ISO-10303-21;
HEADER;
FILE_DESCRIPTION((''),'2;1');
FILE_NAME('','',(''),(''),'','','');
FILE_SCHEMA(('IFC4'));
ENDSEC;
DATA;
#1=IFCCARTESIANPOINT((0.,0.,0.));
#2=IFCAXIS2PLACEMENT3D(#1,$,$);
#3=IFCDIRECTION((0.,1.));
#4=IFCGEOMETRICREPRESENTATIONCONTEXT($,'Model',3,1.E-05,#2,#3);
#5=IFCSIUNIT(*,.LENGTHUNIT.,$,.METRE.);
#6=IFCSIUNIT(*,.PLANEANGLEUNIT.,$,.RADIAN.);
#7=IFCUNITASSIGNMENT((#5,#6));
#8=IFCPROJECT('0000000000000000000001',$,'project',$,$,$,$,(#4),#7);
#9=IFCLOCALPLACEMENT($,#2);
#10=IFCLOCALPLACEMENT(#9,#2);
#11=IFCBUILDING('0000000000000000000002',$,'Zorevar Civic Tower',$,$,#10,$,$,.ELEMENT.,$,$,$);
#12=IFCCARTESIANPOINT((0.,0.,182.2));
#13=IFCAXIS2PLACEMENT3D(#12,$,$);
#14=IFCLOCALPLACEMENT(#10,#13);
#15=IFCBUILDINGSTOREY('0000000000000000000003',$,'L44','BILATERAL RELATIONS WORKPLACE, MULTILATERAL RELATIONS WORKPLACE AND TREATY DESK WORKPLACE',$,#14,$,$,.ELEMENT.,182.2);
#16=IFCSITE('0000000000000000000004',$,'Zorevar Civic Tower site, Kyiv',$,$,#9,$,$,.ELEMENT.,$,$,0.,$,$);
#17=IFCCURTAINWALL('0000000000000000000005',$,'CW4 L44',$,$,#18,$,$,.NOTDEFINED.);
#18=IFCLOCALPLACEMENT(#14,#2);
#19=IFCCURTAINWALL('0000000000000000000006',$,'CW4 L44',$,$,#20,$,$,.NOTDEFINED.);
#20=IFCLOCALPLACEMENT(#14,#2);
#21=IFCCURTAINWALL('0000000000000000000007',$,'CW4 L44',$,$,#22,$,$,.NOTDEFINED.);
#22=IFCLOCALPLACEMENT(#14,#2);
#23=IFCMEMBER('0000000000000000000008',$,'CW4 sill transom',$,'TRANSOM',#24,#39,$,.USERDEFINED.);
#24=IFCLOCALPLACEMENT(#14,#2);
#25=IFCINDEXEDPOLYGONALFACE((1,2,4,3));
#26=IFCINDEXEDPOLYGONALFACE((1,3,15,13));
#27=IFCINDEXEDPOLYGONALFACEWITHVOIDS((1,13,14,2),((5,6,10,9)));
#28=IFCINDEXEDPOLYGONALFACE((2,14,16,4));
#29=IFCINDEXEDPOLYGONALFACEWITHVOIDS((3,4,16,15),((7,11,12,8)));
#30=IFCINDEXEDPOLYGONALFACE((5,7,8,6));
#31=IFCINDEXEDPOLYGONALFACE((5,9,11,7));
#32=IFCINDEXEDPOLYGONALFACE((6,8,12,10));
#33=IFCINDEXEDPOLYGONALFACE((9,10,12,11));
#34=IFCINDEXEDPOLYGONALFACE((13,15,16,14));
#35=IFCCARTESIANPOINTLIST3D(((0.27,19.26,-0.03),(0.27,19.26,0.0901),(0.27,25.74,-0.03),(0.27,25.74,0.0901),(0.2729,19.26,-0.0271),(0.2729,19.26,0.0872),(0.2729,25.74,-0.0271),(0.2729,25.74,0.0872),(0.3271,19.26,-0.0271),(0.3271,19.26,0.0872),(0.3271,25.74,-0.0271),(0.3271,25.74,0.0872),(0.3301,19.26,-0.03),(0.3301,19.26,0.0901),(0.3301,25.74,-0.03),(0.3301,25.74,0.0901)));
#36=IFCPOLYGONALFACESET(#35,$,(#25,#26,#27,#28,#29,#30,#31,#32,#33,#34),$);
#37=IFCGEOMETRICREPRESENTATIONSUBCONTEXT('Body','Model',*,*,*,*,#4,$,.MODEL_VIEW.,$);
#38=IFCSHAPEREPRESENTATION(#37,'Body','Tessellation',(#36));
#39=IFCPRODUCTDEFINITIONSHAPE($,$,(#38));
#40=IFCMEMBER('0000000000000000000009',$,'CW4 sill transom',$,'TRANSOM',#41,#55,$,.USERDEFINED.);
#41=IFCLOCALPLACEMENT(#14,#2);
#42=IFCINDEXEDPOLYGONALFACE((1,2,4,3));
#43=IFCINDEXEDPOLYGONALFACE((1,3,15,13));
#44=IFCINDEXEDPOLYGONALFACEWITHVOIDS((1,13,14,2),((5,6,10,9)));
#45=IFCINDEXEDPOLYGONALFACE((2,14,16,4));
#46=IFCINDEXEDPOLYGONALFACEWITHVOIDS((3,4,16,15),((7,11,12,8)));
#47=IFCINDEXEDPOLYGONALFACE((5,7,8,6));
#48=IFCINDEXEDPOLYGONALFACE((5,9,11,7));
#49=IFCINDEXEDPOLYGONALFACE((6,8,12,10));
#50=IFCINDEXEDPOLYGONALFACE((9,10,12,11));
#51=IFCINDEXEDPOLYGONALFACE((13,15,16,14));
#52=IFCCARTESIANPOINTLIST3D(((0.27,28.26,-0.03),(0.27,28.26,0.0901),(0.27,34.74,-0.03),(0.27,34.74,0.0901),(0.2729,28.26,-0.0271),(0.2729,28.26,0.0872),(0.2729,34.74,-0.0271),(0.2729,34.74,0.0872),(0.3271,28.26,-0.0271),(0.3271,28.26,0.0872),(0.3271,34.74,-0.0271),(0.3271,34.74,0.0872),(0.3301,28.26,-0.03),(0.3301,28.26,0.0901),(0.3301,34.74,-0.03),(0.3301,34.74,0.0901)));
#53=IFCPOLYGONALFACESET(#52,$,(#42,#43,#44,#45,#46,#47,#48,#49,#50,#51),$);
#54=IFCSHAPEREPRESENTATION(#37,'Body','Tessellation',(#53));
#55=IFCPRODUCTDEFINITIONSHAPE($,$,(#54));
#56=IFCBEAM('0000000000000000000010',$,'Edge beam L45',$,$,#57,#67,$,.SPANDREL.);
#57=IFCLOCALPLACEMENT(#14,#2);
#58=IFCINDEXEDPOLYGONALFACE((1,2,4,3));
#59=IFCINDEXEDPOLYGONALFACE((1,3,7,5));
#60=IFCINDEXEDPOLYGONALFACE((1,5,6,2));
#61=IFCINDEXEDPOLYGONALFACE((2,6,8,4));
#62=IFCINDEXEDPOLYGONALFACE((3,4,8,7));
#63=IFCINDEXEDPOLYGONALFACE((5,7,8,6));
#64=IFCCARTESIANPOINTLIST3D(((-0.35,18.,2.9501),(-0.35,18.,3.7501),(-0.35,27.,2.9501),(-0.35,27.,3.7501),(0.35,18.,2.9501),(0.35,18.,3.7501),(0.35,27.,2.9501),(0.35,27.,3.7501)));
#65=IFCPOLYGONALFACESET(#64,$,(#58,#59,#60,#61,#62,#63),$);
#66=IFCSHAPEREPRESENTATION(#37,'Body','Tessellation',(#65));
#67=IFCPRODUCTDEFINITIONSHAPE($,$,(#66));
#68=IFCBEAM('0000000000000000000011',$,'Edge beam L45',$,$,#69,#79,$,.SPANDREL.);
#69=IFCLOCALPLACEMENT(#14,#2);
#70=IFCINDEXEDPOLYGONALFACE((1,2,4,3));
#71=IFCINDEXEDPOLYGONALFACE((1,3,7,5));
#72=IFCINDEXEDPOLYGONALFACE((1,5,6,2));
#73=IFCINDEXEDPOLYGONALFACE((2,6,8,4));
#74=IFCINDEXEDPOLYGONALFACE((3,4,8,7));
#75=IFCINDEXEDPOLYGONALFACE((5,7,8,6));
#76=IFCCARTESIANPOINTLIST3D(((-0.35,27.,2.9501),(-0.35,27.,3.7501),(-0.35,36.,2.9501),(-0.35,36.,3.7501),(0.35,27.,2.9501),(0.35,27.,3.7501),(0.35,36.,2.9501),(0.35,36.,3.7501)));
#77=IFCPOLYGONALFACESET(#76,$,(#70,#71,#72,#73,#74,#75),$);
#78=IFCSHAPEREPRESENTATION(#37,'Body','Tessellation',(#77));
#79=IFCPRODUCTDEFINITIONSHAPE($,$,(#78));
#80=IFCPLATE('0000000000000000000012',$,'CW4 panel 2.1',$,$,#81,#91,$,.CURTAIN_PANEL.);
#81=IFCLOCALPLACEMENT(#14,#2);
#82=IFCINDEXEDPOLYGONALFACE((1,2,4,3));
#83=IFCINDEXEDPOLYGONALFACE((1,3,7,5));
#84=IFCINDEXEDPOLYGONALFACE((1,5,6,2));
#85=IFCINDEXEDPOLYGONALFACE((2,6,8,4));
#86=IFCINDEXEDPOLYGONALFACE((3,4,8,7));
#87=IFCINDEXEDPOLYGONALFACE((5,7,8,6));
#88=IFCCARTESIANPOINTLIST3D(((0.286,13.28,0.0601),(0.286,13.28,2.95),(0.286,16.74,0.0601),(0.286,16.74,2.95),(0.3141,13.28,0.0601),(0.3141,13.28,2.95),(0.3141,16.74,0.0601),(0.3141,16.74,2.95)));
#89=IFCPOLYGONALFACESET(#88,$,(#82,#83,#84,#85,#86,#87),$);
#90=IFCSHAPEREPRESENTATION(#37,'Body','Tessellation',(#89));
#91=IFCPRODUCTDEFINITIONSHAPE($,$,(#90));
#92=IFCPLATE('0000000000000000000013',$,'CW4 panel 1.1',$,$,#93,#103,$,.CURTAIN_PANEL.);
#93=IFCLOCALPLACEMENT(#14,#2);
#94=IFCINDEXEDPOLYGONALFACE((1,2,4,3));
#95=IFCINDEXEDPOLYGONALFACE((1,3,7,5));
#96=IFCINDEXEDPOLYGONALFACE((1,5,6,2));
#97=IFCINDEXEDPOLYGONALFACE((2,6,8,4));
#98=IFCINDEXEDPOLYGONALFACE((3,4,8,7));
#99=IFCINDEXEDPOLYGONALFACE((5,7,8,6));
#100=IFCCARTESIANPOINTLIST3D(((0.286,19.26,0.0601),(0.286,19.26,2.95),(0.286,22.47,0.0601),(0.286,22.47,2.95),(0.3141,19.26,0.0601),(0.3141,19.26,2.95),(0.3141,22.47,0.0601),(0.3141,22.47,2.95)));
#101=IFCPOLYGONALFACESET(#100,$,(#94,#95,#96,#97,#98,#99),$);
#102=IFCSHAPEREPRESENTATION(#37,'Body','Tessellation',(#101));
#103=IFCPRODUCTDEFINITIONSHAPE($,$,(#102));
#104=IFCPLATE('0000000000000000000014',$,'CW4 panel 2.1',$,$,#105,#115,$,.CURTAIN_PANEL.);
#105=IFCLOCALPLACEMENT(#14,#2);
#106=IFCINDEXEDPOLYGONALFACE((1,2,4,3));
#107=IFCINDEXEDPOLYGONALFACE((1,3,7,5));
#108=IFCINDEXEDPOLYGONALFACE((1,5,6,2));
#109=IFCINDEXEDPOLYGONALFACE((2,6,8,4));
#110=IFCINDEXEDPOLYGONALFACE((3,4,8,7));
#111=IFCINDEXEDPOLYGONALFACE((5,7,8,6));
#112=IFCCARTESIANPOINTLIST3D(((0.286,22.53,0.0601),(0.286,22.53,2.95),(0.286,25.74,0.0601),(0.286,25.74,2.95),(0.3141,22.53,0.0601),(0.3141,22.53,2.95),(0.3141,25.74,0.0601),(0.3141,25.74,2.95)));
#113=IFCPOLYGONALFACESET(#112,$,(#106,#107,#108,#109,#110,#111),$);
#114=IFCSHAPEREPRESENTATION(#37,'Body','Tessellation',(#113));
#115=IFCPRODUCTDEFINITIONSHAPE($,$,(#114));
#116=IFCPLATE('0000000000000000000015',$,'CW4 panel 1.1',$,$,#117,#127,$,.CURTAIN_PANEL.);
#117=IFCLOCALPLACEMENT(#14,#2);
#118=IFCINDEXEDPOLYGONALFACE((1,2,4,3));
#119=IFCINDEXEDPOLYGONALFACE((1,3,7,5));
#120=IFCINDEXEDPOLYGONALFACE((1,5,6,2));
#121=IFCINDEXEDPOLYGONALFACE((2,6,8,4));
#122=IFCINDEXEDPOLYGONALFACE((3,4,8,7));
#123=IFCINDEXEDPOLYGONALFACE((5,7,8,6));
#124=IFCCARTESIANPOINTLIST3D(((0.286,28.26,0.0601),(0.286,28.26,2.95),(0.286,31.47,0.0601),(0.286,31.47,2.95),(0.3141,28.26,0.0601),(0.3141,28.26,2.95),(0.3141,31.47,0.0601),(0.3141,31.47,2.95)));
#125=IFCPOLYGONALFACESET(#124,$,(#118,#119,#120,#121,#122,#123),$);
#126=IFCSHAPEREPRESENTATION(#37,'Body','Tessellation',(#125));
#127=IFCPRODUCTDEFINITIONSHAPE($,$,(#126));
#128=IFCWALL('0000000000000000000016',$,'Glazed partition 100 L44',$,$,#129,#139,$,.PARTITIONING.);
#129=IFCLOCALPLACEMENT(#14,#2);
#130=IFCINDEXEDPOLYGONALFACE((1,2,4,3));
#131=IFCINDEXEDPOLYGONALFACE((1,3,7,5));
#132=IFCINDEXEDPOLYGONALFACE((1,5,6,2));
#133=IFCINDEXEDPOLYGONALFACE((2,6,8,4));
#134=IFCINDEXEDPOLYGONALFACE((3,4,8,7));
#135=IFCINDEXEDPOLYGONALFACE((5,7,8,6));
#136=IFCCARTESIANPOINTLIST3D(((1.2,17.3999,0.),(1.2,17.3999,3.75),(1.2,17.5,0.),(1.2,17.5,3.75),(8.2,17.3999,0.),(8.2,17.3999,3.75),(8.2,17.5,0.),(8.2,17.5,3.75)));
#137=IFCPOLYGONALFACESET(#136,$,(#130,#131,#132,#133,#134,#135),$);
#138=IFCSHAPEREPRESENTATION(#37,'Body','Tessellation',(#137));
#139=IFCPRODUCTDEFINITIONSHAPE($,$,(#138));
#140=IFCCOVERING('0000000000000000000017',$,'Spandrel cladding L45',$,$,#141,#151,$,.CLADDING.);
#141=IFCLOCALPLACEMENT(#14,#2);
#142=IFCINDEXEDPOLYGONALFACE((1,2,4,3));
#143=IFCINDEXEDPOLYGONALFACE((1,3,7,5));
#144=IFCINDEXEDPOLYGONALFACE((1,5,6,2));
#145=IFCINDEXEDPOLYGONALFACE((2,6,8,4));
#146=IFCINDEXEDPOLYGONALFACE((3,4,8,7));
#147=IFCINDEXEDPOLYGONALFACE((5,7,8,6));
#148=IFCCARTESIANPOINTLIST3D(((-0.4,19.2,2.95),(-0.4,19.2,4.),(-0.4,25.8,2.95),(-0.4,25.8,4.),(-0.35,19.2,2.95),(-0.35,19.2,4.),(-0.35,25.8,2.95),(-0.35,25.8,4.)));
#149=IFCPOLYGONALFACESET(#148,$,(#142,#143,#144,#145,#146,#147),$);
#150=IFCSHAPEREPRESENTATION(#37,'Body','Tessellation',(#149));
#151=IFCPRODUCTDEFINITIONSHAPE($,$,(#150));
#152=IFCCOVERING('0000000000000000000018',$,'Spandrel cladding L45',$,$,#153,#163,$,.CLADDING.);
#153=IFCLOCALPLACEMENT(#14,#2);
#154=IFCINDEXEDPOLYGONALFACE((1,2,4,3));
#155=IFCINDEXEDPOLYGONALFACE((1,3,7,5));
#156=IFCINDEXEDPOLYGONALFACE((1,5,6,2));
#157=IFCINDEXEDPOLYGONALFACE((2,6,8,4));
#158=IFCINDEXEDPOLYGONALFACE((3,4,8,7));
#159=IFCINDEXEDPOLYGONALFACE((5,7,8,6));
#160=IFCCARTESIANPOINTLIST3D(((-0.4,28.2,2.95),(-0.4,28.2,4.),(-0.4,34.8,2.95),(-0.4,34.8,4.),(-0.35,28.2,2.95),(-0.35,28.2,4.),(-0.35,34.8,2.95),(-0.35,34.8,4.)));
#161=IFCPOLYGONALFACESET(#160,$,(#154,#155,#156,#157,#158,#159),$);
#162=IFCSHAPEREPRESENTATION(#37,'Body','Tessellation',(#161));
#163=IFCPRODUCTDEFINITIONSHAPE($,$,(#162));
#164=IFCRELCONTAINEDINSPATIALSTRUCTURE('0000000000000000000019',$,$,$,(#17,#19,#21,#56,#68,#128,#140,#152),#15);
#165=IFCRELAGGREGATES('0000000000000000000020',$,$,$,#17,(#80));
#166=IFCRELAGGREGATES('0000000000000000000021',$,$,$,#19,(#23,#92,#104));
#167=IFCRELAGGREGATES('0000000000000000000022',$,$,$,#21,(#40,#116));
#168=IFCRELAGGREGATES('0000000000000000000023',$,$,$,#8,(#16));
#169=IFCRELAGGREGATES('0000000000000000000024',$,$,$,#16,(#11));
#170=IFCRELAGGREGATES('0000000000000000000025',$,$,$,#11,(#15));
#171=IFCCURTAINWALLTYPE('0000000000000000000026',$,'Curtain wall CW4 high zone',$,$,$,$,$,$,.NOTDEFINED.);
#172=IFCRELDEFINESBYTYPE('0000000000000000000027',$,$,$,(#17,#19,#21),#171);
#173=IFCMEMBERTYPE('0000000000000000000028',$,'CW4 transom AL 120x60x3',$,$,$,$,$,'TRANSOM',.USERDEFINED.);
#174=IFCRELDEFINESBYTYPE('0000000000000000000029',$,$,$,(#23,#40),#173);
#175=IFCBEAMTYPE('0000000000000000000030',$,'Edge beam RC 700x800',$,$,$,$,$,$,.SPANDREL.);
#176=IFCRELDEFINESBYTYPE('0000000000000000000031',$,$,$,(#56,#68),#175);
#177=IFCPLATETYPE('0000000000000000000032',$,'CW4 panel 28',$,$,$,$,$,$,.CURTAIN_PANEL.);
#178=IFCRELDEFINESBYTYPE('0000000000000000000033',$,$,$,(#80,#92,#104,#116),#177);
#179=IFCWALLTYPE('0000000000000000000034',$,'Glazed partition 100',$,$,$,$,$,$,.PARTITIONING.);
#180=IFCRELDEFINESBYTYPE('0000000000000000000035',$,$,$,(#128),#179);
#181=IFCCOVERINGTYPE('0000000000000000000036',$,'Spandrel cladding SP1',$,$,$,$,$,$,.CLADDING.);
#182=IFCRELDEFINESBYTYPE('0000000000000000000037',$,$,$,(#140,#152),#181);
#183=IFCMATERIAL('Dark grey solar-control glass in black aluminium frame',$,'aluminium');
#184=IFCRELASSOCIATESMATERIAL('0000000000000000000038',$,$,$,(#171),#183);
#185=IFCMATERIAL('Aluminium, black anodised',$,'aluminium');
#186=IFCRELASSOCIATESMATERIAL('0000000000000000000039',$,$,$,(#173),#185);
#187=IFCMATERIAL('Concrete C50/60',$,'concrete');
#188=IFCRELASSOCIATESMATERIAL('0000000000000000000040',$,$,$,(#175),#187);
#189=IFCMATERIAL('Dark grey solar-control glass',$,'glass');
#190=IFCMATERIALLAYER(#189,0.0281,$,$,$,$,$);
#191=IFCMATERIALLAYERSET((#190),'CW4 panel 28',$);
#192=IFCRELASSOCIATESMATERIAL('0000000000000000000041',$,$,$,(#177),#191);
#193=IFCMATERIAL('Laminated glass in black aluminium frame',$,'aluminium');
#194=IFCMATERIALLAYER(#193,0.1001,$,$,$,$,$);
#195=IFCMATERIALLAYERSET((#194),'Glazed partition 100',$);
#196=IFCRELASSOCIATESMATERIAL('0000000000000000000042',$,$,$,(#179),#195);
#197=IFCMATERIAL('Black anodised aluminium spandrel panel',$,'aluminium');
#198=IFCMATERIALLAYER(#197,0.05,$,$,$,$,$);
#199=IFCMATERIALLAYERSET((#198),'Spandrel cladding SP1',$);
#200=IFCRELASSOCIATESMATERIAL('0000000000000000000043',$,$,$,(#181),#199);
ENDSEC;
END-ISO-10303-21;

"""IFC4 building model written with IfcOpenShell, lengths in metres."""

from ifc_helpers import new_model, si_unit, direction, frame, frame_2d, origin, origin_2d, place, context, subcontext, project, spatial, rectangle, hollow_rectangle, extrude, material, layer, layer_set, material_profile, profile_set, type_object, element, aggregate, save


model = new_model("IFC4")

# Units and contexts
model_context = context("Model", 3, precision=1e-05, world=origin(), true_north=direction((0.0, 1.0)))
body_context = subcontext(model_context, "Body", "Model", "MODEL_VIEW")
ifc_project = project(units=[si_unit("LENGTHUNIT", "METRE"), si_unit("PLANEANGLEUNIT", "RADIAN")], contexts=[model_context])

# Site, building, storey
site_placement = place(None, origin())
site = spatial("IfcSite", under=ifc_project, at=site_placement, Name="Zorevar Civic Tower site, Kyiv", CompositionType="ELEMENT", RefElevation=0.0)
building_placement = place(site_placement, origin())
building = spatial("IfcBuilding", under=site, at=building_placement, Name="Zorevar Civic Tower", CompositionType="ELEMENT")
storey_placement = place(building_placement, frame((0.0, 0.0, 182.2)))
storey = spatial("IfcBuildingStorey", under=building, at=storey_placement, Name="L44", Description="BILATERAL RELATIONS WORKPLACE, MULTILATERAL RELATIONS WORKPLACE AND TREATY DESK WORKPLACE", CompositionType="ELEMENT", Elevation=182.2)

# Curtain wall
ifc_material_1 = material(Name="Dark grey solar-control glass in black aluminium frame", Category="aluminium")
curtain_wall_type = type_object("IfcCurtainWallType", Name="Curtain wall CW4 high zone", PredefinedType="NOTDEFINED", material=ifc_material_1)
curtain_wall_1_placement = place(storey_placement, origin())
curtain_wall_1 = element("IfcCurtainWall", 1, at=curtain_wall_1_placement, inside=storey, type_object=curtain_wall_type, Name="CW4 L44", PredefinedType="NOTDEFINED")

# Curtain wall
curtain_wall_2_placement = place(storey_placement, origin())
curtain_wall_2 = element("IfcCurtainWall", 2, at=curtain_wall_2_placement, inside=storey, type_object=curtain_wall_type, Name="CW4 L44", PredefinedType="NOTDEFINED")

# Curtain wall
curtain_wall_3_placement = place(storey_placement, origin())
curtain_wall_3 = element("IfcCurtainWall", 3, at=curtain_wall_3_placement, inside=storey, type_object=curtain_wall_type, Name="CW4 L44", PredefinedType="NOTDEFINED")

# Members
ifc_material_2 = material(Name="Aluminium, black anodised", Category="aluminium")
ifc_material_profile_1 = material_profile(ifc_material_2, hollow_rectangle(XDim=0.0601, YDim=0.1201, WallThickness=0.0029, at=origin_2d()), Name="AL 120x60x3")
ifc_profile_set_1 = profile_set([ifc_material_profile_1], Name="Aluminium, black anodised")
member_type_1 = type_object("IfcMemberType", Name="CW4 transom AL 120x60x3", ElementType="TRANSOM", PredefinedType="USERDEFINED", material=ifc_profile_set_1)
member_1_placement = place(storey_placement, frame((0.3, 19.26, 0.03), z_axis=(0.0, 1.0, 0.0), x_axis=(-1.0, 0.0, 0.0)))
member_1 = element("IfcMember", 4, at=member_1_placement, type_object=member_type_1, Name="CW4 sill transom", ObjectType="TRANSOM", PredefinedType="USERDEFINED", context=body_context, shape_type="SweptSolid", body=[
    extrude(hollow_rectangle(XDim=0.0601, YDim=0.1201, WallThickness=0.0029, at=origin_2d()), origin(), (0.0, 0.0, 1.0), 6.48),
])
member_2_placement = place(storey_placement, frame((0.3, 28.26, 0.03), z_axis=(0.0, 1.0, 0.0), x_axis=(-1.0, 0.0, 0.0)))
member_2 = element("IfcMember", 5, at=member_2_placement, type_object=member_type_1, Name="CW4 sill transom", ObjectType="TRANSOM", PredefinedType="USERDEFINED", context=body_context, shape_type="SweptSolid", body=[
    extrude(hollow_rectangle(XDim=0.0601, YDim=0.1201, WallThickness=0.0029, at=origin_2d()), origin(), (0.0, 0.0, 1.0), 6.48),
])

# Beams
ifc_material_3 = material(Name="Concrete C50/60", Category="concrete")
ifc_material_profile_2 = material_profile(ifc_material_3, rectangle(XDim=0.7, YDim=0.8, at=origin_2d()), Name="RC 700x800")
ifc_profile_set_2 = profile_set([ifc_material_profile_2], Name="Concrete C50/60")
beam_type_1 = type_object("IfcBeamType", Name="Edge beam RC 700x800", PredefinedType="SPANDREL", material=ifc_profile_set_2)
for number, where, z_axis, x_axis, name in (
    (6, (0.0, 18.0, 3.3501), (0.0, 1.0, 0.0), (-1.0, 0.0, 0.0), "Edge beam L45"),
    (7, (0.0, 27.0, 3.3501), (0.0, 1.0, 0.0), (-1.0, 0.0, 0.0), "Edge beam L45"),
):
    element("IfcBeam", number, at=place(storey_placement, frame(where, z_axis=z_axis, x_axis=x_axis)), inside=storey, type_object=beam_type_1, Name=name, PredefinedType="SPANDREL", context=body_context, shape_type="SweptSolid", body=[
        extrude(rectangle(XDim=0.7, YDim=0.8, at=origin_2d()), origin(), (0.0, 0.0, 1.0), 9.0),
    ])

# Plates
ifc_material_4 = material(Name="Dark grey solar-control glass", Category="glass")
ifc_layer_1 = layer(ifc_material_4, 0.0281)
ifc_layer_set_1 = layer_set([ifc_layer_1], Name="CW4 panel 28")
plate_type = type_object("IfcPlateType", Name="CW4 panel 28", PredefinedType="CURTAIN_PANEL", material=ifc_layer_set_1)
plate_1_placement = place(storey_placement, frame((0.3, 15.01, 0.0601), z_axis=(0.0, 0.0, 1.0), x_axis=(0.0, 1.0, 0.0)))
plate_1 = element("IfcPlate", 8, at=plate_1_placement, type_object=plate_type, Name="CW4 panel 2.1", PredefinedType="CURTAIN_PANEL", context=body_context, shape_type="SweptSolid", body=[
    extrude(rectangle(XDim=3.46, YDim=0.0281, at=origin_2d()), origin(), (0.0, 0.0, 1.0), 2.8899),
])
aggregate(curtain_wall_1, [plate_1])
plate_2_placement = place(storey_placement, frame((0.3, 20.865, 0.0601), z_axis=(0.0, 0.0, 1.0), x_axis=(0.0, 1.0, 0.0)))
plate_2 = element("IfcPlate", 9, at=plate_2_placement, type_object=plate_type, Name="CW4 panel 1.1", PredefinedType="CURTAIN_PANEL", context=body_context, shape_type="SweptSolid", body=[
    extrude(rectangle(XDim=3.21, YDim=0.0281, at=origin_2d()), origin(), (0.0, 0.0, 1.0), 2.8899),
])
plate_3_placement = place(storey_placement, frame((0.3, 24.135, 0.0601), z_axis=(0.0, 0.0, 1.0), x_axis=(0.0, 1.0, 0.0)))
plate_3 = element("IfcPlate", 10, at=plate_3_placement, type_object=plate_type, Name="CW4 panel 2.1", PredefinedType="CURTAIN_PANEL", context=body_context, shape_type="SweptSolid", body=[
    extrude(rectangle(XDim=3.21, YDim=0.0281, at=origin_2d()), origin(), (0.0, 0.0, 1.0), 2.8899),
])
aggregate(curtain_wall_2, [member_1, plate_2, plate_3])
plate_4_placement = place(storey_placement, frame((0.3, 29.865, 0.0601), z_axis=(0.0, 0.0, 1.0), x_axis=(0.0, 1.0, 0.0)))
plate_4 = element("IfcPlate", 11, at=plate_4_placement, type_object=plate_type, Name="CW4 panel 1.1", PredefinedType="CURTAIN_PANEL", context=body_context, shape_type="SweptSolid", body=[
    extrude(rectangle(XDim=3.21, YDim=0.0281, at=origin_2d()), origin(), (0.0, 0.0, 1.0), 2.8899),
])
aggregate(curtain_wall_3, [member_2, plate_4])

# Wall
ifc_material_5 = material(Name="Laminated glass in black aluminium frame", Category="aluminium")
ifc_layer_2 = layer(ifc_material_5, 0.1001)
ifc_layer_set_2 = layer_set([ifc_layer_2], Name="Glazed partition 100")
wall_type = type_object("IfcWallType", Name="Glazed partition 100", PredefinedType="PARTITIONING", material=ifc_layer_set_2)
wall_placement = place(storey_placement, frame((1.2, 17.45, 0.0), z_axis=(0.0, 0.0, 1.0), x_axis=(1.0, 0.0, 0.0)))
element("IfcWall", 12, at=wall_placement, inside=storey, type_object=wall_type, Name="Glazed partition 100 L44", PredefinedType="PARTITIONING", context=body_context, shape_type="SweptSolid", body=[
    extrude(rectangle(XDim=7.0, YDim=0.1001, at=frame_2d((3.5, 0.0))), origin(), (0.0, 0.0, 1.0), 3.75),
])

# Coverings
ifc_material_6 = material(Name="Black anodised aluminium spandrel panel", Category="aluminium")
ifc_layer_3 = layer(ifc_material_6, 0.05)
ifc_layer_set_3 = layer_set([ifc_layer_3], Name="Spandrel cladding SP1")
covering_type = type_object("IfcCoveringType", Name="Spandrel cladding SP1", PredefinedType="CLADDING", material=ifc_layer_set_3)
for number, where, z_axis, x_axis, name in (
    (13, (-0.375, 19.2, 2.95), (0.0, 0.0, 1.0), (0.0, 1.0, 0.0), "Spandrel cladding L45"),
    (14, (-0.375, 28.2, 2.95), (0.0, 0.0, 1.0), (0.0, 1.0, 0.0), "Spandrel cladding L45"),
):
    element("IfcCovering", number, at=place(storey_placement, frame(where, z_axis=z_axis, x_axis=x_axis)), inside=storey, type_object=covering_type, Name=name, PredefinedType="CLADDING", context=body_context, shape_type="SweptSolid", body=[
        extrude(rectangle(XDim=6.6001, YDim=0.05, at=frame_2d((3.3, 0.0))), origin(), (0.0, 0.0, 1.0), 1.05),
    ])

save(model, "model.ifc")
